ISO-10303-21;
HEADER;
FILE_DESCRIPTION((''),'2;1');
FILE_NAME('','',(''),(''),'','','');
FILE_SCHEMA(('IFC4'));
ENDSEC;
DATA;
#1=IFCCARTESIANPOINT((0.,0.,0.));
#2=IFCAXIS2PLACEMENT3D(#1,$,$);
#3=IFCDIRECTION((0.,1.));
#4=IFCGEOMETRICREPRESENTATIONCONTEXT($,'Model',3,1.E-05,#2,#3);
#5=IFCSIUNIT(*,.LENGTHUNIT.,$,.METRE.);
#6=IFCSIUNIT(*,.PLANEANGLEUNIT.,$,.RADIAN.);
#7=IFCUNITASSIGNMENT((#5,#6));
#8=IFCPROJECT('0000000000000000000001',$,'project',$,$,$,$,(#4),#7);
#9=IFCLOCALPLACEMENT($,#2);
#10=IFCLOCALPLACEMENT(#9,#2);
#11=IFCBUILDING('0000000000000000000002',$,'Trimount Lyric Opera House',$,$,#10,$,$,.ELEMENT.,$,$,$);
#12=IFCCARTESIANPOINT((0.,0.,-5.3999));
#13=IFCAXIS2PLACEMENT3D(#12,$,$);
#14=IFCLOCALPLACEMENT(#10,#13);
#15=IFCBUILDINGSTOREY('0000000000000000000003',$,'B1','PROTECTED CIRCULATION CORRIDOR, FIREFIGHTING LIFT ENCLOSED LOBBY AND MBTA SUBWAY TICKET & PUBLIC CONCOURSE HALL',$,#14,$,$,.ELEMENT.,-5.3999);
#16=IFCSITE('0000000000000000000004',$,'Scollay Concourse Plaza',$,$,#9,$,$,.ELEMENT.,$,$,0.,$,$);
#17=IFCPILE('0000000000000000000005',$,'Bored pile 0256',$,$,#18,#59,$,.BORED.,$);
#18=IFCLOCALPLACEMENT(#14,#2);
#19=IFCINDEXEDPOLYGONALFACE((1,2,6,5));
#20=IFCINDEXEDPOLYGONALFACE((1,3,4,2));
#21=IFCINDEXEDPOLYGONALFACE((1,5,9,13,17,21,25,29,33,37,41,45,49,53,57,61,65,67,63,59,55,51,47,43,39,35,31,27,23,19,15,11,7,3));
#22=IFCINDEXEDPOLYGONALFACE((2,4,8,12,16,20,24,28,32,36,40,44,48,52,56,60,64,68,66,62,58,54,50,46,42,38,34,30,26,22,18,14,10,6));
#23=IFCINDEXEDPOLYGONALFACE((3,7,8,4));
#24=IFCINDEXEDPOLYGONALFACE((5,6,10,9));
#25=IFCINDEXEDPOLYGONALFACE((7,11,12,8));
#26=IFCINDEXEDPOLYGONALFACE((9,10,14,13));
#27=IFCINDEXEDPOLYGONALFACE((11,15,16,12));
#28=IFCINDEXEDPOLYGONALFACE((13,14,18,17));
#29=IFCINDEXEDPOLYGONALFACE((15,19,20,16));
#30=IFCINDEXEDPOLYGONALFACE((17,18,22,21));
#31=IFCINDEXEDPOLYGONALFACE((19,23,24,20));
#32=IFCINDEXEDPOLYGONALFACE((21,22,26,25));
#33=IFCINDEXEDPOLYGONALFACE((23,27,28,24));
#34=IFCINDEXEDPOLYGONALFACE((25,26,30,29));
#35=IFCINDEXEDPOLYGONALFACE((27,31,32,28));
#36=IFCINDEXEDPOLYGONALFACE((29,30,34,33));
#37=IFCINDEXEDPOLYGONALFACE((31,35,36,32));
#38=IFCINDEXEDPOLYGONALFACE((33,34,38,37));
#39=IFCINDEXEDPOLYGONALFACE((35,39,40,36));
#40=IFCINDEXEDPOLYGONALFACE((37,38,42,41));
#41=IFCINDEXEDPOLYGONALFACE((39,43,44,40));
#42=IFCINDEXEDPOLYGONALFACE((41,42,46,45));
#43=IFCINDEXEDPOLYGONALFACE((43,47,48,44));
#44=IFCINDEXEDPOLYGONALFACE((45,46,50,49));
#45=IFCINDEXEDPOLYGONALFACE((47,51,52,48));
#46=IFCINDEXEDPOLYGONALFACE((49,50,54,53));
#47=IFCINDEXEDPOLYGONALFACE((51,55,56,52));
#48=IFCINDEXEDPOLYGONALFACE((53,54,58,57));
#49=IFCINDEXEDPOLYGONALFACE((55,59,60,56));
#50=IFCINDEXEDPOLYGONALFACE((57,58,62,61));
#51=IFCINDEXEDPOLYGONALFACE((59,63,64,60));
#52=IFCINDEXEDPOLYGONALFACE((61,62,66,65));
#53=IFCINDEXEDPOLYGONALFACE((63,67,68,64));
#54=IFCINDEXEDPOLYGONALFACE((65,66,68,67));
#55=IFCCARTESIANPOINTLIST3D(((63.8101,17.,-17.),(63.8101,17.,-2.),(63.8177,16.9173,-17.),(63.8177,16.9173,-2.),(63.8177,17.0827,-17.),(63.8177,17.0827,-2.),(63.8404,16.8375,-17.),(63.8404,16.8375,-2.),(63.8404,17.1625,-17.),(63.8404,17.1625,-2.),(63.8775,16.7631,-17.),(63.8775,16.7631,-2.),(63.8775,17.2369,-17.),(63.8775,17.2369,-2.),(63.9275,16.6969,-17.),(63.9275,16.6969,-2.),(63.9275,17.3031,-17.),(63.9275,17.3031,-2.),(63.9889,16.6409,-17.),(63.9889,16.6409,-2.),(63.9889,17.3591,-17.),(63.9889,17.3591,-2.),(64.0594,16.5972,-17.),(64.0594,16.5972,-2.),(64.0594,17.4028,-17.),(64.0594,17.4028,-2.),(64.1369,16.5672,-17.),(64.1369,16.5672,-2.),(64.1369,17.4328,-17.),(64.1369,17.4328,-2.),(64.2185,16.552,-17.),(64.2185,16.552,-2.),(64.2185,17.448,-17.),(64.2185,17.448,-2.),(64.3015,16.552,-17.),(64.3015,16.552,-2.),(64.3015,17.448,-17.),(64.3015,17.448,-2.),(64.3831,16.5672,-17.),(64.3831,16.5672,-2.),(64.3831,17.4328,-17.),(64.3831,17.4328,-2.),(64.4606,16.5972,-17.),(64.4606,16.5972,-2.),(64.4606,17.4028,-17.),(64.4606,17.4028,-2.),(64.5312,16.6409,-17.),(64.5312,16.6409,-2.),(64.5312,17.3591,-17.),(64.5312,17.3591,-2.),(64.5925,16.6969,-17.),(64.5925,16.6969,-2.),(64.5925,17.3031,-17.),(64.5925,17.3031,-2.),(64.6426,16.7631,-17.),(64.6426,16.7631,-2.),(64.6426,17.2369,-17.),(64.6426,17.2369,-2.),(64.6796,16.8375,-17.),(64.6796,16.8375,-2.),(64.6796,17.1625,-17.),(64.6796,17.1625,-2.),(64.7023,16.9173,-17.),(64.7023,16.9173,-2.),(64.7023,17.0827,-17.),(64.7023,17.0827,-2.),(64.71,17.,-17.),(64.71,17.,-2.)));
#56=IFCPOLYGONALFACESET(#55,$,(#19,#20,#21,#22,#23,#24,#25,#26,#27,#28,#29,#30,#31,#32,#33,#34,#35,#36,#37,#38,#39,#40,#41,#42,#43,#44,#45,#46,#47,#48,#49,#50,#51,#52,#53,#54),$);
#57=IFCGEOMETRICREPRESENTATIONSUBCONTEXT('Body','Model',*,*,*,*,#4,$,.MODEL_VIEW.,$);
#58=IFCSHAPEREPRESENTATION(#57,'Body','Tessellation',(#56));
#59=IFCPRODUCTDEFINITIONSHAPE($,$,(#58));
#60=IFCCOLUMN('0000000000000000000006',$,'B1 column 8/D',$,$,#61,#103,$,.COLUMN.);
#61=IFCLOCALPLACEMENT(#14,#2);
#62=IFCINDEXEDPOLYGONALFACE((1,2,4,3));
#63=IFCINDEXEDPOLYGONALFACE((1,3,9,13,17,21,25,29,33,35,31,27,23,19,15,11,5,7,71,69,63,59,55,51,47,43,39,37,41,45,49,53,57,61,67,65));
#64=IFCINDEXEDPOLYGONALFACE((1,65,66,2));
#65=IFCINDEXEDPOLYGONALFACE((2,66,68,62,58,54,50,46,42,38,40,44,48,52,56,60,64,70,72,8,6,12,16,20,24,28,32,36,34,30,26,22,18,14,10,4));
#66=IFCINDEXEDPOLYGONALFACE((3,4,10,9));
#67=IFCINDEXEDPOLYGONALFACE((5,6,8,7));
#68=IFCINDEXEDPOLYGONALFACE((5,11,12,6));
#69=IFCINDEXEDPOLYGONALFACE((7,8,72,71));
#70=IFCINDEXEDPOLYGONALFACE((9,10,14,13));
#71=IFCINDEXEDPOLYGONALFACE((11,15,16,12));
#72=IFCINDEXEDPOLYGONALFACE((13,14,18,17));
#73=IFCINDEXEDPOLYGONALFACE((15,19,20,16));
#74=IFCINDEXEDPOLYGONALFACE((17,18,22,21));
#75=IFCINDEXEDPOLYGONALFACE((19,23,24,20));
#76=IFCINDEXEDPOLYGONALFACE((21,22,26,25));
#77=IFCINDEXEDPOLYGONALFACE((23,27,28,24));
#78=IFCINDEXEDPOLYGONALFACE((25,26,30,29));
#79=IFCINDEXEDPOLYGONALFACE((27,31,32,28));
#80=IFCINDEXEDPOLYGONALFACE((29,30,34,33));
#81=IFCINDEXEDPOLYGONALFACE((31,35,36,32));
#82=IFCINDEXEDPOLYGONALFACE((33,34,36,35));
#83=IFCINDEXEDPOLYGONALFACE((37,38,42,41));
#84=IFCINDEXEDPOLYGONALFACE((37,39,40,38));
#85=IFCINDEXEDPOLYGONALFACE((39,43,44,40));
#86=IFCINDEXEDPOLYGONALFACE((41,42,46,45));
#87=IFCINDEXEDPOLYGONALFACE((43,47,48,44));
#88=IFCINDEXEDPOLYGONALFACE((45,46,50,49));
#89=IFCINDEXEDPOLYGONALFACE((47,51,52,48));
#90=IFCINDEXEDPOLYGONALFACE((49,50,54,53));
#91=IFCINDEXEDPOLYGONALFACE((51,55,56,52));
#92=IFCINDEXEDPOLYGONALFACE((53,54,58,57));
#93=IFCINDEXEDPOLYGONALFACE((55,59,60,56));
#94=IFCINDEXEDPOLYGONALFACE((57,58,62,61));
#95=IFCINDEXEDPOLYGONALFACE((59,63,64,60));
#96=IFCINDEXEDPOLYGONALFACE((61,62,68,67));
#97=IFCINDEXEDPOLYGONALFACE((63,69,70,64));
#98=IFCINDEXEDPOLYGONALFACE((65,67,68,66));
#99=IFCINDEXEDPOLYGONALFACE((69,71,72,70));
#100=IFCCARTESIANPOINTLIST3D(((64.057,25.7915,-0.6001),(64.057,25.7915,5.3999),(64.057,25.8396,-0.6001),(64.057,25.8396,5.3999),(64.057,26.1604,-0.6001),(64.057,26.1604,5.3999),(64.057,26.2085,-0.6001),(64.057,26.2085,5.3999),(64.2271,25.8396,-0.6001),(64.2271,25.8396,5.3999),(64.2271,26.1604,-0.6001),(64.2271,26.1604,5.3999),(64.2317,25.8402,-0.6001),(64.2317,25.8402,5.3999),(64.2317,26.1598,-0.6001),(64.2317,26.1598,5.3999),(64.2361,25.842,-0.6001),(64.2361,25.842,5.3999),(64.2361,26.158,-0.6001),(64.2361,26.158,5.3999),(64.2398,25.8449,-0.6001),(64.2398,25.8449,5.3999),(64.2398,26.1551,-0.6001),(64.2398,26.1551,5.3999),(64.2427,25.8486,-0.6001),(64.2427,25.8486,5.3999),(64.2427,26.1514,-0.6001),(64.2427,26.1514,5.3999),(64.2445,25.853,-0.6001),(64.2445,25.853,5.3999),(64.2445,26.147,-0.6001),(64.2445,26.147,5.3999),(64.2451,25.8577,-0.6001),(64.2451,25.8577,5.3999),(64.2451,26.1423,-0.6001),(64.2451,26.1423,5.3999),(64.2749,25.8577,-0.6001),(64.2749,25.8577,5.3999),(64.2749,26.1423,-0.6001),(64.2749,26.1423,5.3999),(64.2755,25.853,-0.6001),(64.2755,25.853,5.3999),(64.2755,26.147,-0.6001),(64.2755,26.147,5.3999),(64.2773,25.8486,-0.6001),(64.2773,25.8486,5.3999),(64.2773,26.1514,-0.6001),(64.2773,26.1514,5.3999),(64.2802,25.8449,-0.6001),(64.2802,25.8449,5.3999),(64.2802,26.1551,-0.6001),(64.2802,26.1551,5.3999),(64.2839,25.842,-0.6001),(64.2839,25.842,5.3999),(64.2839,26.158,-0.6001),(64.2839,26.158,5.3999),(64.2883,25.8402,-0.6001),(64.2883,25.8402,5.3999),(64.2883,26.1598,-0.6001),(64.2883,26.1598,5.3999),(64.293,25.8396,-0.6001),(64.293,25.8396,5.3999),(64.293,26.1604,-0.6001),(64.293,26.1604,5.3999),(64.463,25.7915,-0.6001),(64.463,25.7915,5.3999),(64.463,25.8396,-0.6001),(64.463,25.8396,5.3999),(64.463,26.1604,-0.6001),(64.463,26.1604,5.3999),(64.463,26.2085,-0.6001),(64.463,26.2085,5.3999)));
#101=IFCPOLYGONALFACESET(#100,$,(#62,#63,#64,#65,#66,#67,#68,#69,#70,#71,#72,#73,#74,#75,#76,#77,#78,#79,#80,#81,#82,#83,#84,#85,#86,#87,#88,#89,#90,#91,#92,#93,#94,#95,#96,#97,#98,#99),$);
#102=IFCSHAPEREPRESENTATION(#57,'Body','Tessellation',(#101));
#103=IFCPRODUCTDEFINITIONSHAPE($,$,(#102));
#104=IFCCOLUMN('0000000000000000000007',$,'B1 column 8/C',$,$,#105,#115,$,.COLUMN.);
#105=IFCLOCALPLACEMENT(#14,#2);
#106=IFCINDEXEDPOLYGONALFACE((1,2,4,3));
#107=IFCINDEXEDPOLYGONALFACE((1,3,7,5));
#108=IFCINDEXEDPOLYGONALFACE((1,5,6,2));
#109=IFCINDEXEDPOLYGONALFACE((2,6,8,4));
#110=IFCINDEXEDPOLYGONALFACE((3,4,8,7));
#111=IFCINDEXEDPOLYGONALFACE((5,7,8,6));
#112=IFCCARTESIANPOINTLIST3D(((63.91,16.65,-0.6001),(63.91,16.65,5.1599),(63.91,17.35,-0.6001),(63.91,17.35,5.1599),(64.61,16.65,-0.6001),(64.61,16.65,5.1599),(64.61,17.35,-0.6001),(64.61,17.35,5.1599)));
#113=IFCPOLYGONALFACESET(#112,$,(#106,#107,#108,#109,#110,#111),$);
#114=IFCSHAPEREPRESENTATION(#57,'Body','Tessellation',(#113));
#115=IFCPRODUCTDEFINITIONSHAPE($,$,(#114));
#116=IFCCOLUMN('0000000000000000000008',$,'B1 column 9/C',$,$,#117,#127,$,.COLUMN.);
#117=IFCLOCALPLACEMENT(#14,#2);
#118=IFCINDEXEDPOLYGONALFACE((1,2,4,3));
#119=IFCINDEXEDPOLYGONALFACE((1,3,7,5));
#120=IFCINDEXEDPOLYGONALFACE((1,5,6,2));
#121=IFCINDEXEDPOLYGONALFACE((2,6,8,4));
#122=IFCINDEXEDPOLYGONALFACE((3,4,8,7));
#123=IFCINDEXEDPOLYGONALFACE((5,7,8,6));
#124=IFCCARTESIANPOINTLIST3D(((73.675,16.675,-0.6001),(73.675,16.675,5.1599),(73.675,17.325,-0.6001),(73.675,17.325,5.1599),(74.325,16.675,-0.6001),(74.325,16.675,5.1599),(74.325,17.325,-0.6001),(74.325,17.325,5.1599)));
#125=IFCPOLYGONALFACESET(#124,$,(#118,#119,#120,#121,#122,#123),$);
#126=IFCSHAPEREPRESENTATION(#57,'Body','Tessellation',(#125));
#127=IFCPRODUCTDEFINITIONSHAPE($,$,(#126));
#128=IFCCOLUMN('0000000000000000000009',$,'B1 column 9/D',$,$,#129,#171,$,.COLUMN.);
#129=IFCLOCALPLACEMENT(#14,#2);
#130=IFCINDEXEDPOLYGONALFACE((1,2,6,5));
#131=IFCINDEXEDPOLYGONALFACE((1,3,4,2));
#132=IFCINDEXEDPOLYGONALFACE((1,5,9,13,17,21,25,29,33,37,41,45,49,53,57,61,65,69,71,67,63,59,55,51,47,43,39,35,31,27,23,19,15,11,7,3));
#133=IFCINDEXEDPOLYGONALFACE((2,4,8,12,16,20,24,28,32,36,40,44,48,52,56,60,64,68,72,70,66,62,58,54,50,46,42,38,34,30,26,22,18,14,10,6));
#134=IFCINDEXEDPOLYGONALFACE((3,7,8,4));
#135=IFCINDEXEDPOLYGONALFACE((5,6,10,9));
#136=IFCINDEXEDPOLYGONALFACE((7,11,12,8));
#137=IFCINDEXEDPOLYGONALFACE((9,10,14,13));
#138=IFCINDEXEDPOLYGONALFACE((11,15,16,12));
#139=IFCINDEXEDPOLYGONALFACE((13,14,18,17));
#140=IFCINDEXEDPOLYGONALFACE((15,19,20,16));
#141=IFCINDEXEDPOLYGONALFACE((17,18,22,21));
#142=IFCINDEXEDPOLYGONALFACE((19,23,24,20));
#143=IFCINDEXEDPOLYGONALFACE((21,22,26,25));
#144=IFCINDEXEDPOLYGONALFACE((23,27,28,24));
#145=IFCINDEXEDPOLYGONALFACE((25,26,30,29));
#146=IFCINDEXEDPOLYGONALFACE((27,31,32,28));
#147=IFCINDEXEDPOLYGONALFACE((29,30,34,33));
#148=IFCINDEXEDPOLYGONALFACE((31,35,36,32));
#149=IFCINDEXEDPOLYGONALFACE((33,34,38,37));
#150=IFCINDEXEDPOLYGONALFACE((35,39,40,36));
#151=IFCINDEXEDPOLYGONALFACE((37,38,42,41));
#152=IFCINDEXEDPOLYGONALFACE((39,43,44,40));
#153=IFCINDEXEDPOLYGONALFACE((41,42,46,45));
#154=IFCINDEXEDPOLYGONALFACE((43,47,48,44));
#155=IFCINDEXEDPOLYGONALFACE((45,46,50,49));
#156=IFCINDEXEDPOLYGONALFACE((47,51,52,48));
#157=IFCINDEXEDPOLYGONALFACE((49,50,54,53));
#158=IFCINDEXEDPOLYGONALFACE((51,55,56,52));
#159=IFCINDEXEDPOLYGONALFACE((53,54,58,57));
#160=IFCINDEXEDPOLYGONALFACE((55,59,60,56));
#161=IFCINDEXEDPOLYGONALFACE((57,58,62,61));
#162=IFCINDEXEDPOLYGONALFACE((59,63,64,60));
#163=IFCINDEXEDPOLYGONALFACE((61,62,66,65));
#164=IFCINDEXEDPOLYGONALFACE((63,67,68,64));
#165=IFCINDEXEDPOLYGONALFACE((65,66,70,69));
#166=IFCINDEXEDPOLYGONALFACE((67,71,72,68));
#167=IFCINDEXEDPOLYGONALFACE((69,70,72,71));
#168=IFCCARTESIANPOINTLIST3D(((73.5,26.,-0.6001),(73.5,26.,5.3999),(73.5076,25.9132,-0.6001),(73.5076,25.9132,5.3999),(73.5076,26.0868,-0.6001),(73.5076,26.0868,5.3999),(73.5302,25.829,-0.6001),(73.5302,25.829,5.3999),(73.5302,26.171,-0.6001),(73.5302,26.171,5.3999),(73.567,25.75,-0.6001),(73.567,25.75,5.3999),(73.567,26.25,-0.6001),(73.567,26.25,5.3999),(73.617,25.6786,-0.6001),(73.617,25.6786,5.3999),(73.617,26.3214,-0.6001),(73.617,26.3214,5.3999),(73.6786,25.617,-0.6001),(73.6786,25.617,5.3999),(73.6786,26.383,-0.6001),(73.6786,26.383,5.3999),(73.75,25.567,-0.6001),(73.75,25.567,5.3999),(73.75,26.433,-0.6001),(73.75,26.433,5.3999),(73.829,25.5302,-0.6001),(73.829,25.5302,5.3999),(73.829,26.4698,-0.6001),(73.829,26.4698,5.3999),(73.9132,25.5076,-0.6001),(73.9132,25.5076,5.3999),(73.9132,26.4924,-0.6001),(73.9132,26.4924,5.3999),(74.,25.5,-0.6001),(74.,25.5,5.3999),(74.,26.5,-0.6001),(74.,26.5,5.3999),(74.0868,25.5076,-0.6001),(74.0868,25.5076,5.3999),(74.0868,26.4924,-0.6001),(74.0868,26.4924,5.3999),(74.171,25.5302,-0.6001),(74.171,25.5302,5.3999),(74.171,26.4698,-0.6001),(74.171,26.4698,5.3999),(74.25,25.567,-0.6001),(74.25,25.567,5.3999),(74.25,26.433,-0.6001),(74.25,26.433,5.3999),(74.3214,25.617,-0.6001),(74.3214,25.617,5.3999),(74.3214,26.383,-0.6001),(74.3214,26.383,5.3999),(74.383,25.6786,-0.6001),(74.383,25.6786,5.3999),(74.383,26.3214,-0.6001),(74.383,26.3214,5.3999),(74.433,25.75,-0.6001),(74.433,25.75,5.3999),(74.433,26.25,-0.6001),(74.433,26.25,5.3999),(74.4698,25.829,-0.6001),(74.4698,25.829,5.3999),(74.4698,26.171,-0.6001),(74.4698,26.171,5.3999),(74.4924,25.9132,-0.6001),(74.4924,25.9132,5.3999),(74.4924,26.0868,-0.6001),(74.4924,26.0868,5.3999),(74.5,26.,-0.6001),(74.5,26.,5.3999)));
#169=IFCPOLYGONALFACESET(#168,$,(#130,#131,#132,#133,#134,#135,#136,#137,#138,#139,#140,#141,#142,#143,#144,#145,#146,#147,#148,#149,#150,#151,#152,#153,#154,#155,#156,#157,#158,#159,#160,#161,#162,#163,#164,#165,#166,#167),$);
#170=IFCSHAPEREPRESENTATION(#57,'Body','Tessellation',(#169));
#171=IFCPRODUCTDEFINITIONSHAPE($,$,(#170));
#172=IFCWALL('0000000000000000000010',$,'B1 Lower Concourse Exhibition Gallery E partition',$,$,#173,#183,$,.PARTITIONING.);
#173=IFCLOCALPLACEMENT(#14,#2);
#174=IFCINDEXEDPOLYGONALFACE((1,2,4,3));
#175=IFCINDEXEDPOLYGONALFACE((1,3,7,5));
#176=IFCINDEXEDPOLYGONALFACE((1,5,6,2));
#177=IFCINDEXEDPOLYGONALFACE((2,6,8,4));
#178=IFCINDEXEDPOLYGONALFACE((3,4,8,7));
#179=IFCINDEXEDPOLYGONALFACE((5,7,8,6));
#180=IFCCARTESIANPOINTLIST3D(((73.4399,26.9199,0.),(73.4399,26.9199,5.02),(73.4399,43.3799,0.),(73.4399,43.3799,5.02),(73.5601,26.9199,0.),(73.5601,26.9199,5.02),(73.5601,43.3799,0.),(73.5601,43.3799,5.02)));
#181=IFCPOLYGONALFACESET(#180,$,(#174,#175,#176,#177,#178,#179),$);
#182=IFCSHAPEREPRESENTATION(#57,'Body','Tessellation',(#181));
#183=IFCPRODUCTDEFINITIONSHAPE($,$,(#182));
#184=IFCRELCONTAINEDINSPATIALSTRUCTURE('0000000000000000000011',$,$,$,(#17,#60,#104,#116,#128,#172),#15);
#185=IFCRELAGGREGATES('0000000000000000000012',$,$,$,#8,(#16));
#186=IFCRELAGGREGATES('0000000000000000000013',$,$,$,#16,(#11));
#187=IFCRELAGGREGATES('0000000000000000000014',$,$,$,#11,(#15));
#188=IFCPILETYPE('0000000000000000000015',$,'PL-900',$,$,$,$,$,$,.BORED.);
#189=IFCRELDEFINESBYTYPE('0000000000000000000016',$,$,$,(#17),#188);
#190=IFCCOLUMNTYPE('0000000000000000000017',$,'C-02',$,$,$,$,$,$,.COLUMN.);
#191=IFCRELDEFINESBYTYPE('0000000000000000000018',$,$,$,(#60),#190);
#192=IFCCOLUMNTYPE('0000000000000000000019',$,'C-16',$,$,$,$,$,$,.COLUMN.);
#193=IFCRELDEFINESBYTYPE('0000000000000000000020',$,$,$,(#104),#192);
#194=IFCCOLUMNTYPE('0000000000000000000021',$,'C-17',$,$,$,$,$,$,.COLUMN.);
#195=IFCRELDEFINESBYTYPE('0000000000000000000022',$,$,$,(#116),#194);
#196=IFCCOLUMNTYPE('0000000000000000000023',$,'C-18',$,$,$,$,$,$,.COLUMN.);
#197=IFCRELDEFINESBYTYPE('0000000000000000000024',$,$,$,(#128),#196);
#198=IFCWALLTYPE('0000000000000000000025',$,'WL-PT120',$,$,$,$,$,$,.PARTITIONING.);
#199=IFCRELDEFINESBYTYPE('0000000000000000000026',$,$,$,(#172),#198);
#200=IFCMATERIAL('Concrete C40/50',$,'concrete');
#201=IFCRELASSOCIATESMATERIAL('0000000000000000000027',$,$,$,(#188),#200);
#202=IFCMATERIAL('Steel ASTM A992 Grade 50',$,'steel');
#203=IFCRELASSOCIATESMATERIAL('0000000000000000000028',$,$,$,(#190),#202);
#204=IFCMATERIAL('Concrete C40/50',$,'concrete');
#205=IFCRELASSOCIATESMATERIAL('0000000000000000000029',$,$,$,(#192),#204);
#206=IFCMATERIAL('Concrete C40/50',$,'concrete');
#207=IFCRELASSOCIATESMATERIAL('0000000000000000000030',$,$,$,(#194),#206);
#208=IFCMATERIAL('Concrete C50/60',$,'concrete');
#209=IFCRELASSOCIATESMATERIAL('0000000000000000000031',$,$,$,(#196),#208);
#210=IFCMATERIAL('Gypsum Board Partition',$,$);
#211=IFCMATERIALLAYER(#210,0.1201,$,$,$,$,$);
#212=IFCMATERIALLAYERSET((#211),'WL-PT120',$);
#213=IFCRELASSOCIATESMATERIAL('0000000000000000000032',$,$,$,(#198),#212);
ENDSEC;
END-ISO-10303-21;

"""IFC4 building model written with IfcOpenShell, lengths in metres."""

from ifc_helpers import new_model, si_unit, direction, frame, frame_2d, origin, origin_2d, place, context, subcontext, project, spatial, rectangle, circle, i_section, extrude, material, layer, layer_set, material_profile, profile_set, type_object, element, save


model = new_model("IFC4")

# Units and contexts
model_context = context("Model", 3, precision=1e-05, world=origin(), true_north=direction((0.0, 1.0)))
body_context = subcontext(model_context, "Body", "Model", "MODEL_VIEW")
ifc_project = project(units=[si_unit("LENGTHUNIT", "METRE"), si_unit("PLANEANGLEUNIT", "RADIAN")], contexts=[model_context])

# Site, building, storey
site_placement = place(None, origin())
site = spatial("IfcSite", under=ifc_project, at=site_placement, Name="Scollay Concourse Plaza", CompositionType="ELEMENT", RefElevation=0.0)
building_placement = place(site_placement, origin())
building = spatial("IfcBuilding", under=site, at=building_placement, Name="Trimount Lyric Opera House", CompositionType="ELEMENT")
storey_placement = place(building_placement, frame((0.0, 0.0, -5.3999)))
storey = spatial("IfcBuildingStorey", under=building, at=storey_placement, Name="B1", Description="PROTECTED CIRCULATION CORRIDOR, FIREFIGHTING LIFT ENCLOSED LOBBY AND MBTA SUBWAY TICKET & PUBLIC CONCOURSE HALL", CompositionType="ELEMENT", Elevation=-5.3999)

# Pile
ifc_material_1 = material(Name="Concrete C40/50", Category="concrete")
ifc_material_profile_1 = material_profile(ifc_material_1, circle(Radius=0.45, at=origin_2d()), Name="PILE-D900")
ifc_profile_set_1 = profile_set([ifc_material_profile_1], Name="Concrete C40/50")
pile_type_1 = type_object("IfcPileType", Name="PL-900", PredefinedType="BORED", material=ifc_profile_set_1)
pile_placement = place(storey_placement, frame((64.26, 17.0, -2.0), z_axis=(0.0, 0.0, -1.0), x_axis=(1.0, 0.0, 0.0)))
element("IfcPile", 1, at=pile_placement, inside=storey, type_object=pile_type_1, Name="Bored pile 0256", PredefinedType="BORED", context=body_context, shape_type="SweptSolid", body=[
    extrude(circle(Radius=0.45, at=origin_2d()), origin(), (0.0, 0.0, 1.0), 15.0),
])

# Columns
ifc_material_2 = material(Name="Steel ASTM A992 Grade 50", Category="steel")
ifc_material_profile_2 = material_profile(ifc_material_2, i_section(OverallWidth=0.406, OverallDepth=0.417, WebThickness=0.0298, FlangeThickness=0.0481, FilletRadius=0.0181, at=origin_2d()), Name="W14X257")
ifc_profile_set_2 = profile_set([ifc_material_profile_2], Name="Steel ASTM A992 Grade 50")
column_type_1 = type_object("IfcColumnType", Name="C-02", PredefinedType="COLUMN", material=ifc_profile_set_2)
column_1_placement = place(storey_placement, frame((64.26, 26.0, -0.6001), z_axis=(0.0, 0.0, 1.0), x_axis=(1.0, 0.0, 0.0)))
element("IfcColumn", 2, at=column_1_placement, inside=storey, type_object=column_type_1, Name="B1 column 8/D", PredefinedType="COLUMN", context=body_context, shape_type="SweptSolid", body=[
    extrude(i_section(OverallWidth=0.406, OverallDepth=0.417, WebThickness=0.0298, FlangeThickness=0.0481, FilletRadius=0.0181, at=origin_2d()), origin(), (0.0, 0.0, 1.0), 6.0),
])
ifc_material_3 = material(Name="Concrete C40/50", Category="concrete")
ifc_material_profile_3 = material_profile(ifc_material_3, rectangle(XDim=0.7, YDim=0.7, at=origin_2d()), Name="RC700X700")
ifc_profile_set_3 = profile_set([ifc_material_profile_3], Name="Concrete C40/50")
column_type_2 = type_object("IfcColumnType", Name="C-16", PredefinedType="COLUMN", material=ifc_profile_set_3)
column_2_placement = place(storey_placement, frame((64.26, 17.0, -0.6001), z_axis=(0.0, 0.0, 1.0), x_axis=(1.0, 0.0, 0.0)))
element("IfcColumn", 3, at=column_2_placement, inside=storey, type_object=column_type_2, Name="B1 column 8/C", PredefinedType="COLUMN", context=body_context, shape_type="SweptSolid", body=[
    extrude(rectangle(XDim=0.7, YDim=0.7, at=origin_2d()), origin(), (0.0, 0.0, 1.0), 5.76),
])
ifc_material_4 = material(Name="Concrete C40/50", Category="concrete")
ifc_material_profile_4 = material_profile(ifc_material_4, rectangle(XDim=0.6499, YDim=0.6499, at=origin_2d()), Name="RC650X650")
ifc_profile_set_4 = profile_set([ifc_material_profile_4], Name="Concrete C40/50")
column_type_3 = type_object("IfcColumnType", Name="C-17", PredefinedType="COLUMN", material=ifc_profile_set_4)
column_3_placement = place(storey_placement, frame((74.0, 17.0, -0.6001), z_axis=(0.0, 0.0, 1.0), x_axis=(1.0, 0.0, 0.0)))
element("IfcColumn", 4, at=column_3_placement, inside=storey, type_object=column_type_3, Name="B1 column 9/C", PredefinedType="COLUMN", context=body_context, shape_type="SweptSolid", body=[
    extrude(rectangle(XDim=0.6499, YDim=0.6499, at=origin_2d()), origin(), (0.0, 0.0, 1.0), 5.76),
])
ifc_material_5 = material(Name="Concrete C50/60", Category="concrete")
ifc_material_profile_5 = material_profile(ifc_material_5, circle(Radius=0.5, at=origin_2d()), Name="RC-D1000")
ifc_profile_set_5 = profile_set([ifc_material_profile_5], Name="Concrete C50/60")
column_type_4 = type_object("IfcColumnType", Name="C-18", PredefinedType="COLUMN", material=ifc_profile_set_5)
column_4_placement = place(storey_placement, frame((74.0, 26.0, -0.6001), z_axis=(0.0, 0.0, 1.0), x_axis=(1.0, 0.0, 0.0)))
element("IfcColumn", 5, at=column_4_placement, inside=storey, type_object=column_type_4, Name="B1 column 9/D", PredefinedType="COLUMN", context=body_context, shape_type="SweptSolid", body=[
    extrude(circle(Radius=0.5, at=origin_2d()), origin(), (0.0, 0.0, 1.0), 6.0),
])

# Wall
ifc_material_6 = material(Name="Gypsum Board Partition")
ifc_layer_1 = layer(ifc_material_6, 0.1201)
ifc_layer_set_1 = layer_set([ifc_layer_1], Name="WL-PT120")
wall_type_1 = type_object("IfcWallType", Name="WL-PT120", PredefinedType="PARTITIONING", material=ifc_layer_set_1)
wall_1_placement = place(storey_placement, frame((73.5, 26.9199, 0.0), z_axis=(0.0, 0.0, 1.0), x_axis=(0.0, 1.0, 0.0)))
element("IfcWall", 6, at=wall_1_placement, inside=storey, type_object=wall_type_1, Name="B1 Lower Concourse Exhibition Gallery E partition", PredefinedType="PARTITIONING", context=body_context, shape_type="SweptSolid", body=[
    extrude(rectangle(XDim=16.46, YDim=0.1201, at=frame_2d((8.23, 0.0))), origin(), (0.0, 0.0, 1.0), 5.02),
])

save(model, "model.ifc")
